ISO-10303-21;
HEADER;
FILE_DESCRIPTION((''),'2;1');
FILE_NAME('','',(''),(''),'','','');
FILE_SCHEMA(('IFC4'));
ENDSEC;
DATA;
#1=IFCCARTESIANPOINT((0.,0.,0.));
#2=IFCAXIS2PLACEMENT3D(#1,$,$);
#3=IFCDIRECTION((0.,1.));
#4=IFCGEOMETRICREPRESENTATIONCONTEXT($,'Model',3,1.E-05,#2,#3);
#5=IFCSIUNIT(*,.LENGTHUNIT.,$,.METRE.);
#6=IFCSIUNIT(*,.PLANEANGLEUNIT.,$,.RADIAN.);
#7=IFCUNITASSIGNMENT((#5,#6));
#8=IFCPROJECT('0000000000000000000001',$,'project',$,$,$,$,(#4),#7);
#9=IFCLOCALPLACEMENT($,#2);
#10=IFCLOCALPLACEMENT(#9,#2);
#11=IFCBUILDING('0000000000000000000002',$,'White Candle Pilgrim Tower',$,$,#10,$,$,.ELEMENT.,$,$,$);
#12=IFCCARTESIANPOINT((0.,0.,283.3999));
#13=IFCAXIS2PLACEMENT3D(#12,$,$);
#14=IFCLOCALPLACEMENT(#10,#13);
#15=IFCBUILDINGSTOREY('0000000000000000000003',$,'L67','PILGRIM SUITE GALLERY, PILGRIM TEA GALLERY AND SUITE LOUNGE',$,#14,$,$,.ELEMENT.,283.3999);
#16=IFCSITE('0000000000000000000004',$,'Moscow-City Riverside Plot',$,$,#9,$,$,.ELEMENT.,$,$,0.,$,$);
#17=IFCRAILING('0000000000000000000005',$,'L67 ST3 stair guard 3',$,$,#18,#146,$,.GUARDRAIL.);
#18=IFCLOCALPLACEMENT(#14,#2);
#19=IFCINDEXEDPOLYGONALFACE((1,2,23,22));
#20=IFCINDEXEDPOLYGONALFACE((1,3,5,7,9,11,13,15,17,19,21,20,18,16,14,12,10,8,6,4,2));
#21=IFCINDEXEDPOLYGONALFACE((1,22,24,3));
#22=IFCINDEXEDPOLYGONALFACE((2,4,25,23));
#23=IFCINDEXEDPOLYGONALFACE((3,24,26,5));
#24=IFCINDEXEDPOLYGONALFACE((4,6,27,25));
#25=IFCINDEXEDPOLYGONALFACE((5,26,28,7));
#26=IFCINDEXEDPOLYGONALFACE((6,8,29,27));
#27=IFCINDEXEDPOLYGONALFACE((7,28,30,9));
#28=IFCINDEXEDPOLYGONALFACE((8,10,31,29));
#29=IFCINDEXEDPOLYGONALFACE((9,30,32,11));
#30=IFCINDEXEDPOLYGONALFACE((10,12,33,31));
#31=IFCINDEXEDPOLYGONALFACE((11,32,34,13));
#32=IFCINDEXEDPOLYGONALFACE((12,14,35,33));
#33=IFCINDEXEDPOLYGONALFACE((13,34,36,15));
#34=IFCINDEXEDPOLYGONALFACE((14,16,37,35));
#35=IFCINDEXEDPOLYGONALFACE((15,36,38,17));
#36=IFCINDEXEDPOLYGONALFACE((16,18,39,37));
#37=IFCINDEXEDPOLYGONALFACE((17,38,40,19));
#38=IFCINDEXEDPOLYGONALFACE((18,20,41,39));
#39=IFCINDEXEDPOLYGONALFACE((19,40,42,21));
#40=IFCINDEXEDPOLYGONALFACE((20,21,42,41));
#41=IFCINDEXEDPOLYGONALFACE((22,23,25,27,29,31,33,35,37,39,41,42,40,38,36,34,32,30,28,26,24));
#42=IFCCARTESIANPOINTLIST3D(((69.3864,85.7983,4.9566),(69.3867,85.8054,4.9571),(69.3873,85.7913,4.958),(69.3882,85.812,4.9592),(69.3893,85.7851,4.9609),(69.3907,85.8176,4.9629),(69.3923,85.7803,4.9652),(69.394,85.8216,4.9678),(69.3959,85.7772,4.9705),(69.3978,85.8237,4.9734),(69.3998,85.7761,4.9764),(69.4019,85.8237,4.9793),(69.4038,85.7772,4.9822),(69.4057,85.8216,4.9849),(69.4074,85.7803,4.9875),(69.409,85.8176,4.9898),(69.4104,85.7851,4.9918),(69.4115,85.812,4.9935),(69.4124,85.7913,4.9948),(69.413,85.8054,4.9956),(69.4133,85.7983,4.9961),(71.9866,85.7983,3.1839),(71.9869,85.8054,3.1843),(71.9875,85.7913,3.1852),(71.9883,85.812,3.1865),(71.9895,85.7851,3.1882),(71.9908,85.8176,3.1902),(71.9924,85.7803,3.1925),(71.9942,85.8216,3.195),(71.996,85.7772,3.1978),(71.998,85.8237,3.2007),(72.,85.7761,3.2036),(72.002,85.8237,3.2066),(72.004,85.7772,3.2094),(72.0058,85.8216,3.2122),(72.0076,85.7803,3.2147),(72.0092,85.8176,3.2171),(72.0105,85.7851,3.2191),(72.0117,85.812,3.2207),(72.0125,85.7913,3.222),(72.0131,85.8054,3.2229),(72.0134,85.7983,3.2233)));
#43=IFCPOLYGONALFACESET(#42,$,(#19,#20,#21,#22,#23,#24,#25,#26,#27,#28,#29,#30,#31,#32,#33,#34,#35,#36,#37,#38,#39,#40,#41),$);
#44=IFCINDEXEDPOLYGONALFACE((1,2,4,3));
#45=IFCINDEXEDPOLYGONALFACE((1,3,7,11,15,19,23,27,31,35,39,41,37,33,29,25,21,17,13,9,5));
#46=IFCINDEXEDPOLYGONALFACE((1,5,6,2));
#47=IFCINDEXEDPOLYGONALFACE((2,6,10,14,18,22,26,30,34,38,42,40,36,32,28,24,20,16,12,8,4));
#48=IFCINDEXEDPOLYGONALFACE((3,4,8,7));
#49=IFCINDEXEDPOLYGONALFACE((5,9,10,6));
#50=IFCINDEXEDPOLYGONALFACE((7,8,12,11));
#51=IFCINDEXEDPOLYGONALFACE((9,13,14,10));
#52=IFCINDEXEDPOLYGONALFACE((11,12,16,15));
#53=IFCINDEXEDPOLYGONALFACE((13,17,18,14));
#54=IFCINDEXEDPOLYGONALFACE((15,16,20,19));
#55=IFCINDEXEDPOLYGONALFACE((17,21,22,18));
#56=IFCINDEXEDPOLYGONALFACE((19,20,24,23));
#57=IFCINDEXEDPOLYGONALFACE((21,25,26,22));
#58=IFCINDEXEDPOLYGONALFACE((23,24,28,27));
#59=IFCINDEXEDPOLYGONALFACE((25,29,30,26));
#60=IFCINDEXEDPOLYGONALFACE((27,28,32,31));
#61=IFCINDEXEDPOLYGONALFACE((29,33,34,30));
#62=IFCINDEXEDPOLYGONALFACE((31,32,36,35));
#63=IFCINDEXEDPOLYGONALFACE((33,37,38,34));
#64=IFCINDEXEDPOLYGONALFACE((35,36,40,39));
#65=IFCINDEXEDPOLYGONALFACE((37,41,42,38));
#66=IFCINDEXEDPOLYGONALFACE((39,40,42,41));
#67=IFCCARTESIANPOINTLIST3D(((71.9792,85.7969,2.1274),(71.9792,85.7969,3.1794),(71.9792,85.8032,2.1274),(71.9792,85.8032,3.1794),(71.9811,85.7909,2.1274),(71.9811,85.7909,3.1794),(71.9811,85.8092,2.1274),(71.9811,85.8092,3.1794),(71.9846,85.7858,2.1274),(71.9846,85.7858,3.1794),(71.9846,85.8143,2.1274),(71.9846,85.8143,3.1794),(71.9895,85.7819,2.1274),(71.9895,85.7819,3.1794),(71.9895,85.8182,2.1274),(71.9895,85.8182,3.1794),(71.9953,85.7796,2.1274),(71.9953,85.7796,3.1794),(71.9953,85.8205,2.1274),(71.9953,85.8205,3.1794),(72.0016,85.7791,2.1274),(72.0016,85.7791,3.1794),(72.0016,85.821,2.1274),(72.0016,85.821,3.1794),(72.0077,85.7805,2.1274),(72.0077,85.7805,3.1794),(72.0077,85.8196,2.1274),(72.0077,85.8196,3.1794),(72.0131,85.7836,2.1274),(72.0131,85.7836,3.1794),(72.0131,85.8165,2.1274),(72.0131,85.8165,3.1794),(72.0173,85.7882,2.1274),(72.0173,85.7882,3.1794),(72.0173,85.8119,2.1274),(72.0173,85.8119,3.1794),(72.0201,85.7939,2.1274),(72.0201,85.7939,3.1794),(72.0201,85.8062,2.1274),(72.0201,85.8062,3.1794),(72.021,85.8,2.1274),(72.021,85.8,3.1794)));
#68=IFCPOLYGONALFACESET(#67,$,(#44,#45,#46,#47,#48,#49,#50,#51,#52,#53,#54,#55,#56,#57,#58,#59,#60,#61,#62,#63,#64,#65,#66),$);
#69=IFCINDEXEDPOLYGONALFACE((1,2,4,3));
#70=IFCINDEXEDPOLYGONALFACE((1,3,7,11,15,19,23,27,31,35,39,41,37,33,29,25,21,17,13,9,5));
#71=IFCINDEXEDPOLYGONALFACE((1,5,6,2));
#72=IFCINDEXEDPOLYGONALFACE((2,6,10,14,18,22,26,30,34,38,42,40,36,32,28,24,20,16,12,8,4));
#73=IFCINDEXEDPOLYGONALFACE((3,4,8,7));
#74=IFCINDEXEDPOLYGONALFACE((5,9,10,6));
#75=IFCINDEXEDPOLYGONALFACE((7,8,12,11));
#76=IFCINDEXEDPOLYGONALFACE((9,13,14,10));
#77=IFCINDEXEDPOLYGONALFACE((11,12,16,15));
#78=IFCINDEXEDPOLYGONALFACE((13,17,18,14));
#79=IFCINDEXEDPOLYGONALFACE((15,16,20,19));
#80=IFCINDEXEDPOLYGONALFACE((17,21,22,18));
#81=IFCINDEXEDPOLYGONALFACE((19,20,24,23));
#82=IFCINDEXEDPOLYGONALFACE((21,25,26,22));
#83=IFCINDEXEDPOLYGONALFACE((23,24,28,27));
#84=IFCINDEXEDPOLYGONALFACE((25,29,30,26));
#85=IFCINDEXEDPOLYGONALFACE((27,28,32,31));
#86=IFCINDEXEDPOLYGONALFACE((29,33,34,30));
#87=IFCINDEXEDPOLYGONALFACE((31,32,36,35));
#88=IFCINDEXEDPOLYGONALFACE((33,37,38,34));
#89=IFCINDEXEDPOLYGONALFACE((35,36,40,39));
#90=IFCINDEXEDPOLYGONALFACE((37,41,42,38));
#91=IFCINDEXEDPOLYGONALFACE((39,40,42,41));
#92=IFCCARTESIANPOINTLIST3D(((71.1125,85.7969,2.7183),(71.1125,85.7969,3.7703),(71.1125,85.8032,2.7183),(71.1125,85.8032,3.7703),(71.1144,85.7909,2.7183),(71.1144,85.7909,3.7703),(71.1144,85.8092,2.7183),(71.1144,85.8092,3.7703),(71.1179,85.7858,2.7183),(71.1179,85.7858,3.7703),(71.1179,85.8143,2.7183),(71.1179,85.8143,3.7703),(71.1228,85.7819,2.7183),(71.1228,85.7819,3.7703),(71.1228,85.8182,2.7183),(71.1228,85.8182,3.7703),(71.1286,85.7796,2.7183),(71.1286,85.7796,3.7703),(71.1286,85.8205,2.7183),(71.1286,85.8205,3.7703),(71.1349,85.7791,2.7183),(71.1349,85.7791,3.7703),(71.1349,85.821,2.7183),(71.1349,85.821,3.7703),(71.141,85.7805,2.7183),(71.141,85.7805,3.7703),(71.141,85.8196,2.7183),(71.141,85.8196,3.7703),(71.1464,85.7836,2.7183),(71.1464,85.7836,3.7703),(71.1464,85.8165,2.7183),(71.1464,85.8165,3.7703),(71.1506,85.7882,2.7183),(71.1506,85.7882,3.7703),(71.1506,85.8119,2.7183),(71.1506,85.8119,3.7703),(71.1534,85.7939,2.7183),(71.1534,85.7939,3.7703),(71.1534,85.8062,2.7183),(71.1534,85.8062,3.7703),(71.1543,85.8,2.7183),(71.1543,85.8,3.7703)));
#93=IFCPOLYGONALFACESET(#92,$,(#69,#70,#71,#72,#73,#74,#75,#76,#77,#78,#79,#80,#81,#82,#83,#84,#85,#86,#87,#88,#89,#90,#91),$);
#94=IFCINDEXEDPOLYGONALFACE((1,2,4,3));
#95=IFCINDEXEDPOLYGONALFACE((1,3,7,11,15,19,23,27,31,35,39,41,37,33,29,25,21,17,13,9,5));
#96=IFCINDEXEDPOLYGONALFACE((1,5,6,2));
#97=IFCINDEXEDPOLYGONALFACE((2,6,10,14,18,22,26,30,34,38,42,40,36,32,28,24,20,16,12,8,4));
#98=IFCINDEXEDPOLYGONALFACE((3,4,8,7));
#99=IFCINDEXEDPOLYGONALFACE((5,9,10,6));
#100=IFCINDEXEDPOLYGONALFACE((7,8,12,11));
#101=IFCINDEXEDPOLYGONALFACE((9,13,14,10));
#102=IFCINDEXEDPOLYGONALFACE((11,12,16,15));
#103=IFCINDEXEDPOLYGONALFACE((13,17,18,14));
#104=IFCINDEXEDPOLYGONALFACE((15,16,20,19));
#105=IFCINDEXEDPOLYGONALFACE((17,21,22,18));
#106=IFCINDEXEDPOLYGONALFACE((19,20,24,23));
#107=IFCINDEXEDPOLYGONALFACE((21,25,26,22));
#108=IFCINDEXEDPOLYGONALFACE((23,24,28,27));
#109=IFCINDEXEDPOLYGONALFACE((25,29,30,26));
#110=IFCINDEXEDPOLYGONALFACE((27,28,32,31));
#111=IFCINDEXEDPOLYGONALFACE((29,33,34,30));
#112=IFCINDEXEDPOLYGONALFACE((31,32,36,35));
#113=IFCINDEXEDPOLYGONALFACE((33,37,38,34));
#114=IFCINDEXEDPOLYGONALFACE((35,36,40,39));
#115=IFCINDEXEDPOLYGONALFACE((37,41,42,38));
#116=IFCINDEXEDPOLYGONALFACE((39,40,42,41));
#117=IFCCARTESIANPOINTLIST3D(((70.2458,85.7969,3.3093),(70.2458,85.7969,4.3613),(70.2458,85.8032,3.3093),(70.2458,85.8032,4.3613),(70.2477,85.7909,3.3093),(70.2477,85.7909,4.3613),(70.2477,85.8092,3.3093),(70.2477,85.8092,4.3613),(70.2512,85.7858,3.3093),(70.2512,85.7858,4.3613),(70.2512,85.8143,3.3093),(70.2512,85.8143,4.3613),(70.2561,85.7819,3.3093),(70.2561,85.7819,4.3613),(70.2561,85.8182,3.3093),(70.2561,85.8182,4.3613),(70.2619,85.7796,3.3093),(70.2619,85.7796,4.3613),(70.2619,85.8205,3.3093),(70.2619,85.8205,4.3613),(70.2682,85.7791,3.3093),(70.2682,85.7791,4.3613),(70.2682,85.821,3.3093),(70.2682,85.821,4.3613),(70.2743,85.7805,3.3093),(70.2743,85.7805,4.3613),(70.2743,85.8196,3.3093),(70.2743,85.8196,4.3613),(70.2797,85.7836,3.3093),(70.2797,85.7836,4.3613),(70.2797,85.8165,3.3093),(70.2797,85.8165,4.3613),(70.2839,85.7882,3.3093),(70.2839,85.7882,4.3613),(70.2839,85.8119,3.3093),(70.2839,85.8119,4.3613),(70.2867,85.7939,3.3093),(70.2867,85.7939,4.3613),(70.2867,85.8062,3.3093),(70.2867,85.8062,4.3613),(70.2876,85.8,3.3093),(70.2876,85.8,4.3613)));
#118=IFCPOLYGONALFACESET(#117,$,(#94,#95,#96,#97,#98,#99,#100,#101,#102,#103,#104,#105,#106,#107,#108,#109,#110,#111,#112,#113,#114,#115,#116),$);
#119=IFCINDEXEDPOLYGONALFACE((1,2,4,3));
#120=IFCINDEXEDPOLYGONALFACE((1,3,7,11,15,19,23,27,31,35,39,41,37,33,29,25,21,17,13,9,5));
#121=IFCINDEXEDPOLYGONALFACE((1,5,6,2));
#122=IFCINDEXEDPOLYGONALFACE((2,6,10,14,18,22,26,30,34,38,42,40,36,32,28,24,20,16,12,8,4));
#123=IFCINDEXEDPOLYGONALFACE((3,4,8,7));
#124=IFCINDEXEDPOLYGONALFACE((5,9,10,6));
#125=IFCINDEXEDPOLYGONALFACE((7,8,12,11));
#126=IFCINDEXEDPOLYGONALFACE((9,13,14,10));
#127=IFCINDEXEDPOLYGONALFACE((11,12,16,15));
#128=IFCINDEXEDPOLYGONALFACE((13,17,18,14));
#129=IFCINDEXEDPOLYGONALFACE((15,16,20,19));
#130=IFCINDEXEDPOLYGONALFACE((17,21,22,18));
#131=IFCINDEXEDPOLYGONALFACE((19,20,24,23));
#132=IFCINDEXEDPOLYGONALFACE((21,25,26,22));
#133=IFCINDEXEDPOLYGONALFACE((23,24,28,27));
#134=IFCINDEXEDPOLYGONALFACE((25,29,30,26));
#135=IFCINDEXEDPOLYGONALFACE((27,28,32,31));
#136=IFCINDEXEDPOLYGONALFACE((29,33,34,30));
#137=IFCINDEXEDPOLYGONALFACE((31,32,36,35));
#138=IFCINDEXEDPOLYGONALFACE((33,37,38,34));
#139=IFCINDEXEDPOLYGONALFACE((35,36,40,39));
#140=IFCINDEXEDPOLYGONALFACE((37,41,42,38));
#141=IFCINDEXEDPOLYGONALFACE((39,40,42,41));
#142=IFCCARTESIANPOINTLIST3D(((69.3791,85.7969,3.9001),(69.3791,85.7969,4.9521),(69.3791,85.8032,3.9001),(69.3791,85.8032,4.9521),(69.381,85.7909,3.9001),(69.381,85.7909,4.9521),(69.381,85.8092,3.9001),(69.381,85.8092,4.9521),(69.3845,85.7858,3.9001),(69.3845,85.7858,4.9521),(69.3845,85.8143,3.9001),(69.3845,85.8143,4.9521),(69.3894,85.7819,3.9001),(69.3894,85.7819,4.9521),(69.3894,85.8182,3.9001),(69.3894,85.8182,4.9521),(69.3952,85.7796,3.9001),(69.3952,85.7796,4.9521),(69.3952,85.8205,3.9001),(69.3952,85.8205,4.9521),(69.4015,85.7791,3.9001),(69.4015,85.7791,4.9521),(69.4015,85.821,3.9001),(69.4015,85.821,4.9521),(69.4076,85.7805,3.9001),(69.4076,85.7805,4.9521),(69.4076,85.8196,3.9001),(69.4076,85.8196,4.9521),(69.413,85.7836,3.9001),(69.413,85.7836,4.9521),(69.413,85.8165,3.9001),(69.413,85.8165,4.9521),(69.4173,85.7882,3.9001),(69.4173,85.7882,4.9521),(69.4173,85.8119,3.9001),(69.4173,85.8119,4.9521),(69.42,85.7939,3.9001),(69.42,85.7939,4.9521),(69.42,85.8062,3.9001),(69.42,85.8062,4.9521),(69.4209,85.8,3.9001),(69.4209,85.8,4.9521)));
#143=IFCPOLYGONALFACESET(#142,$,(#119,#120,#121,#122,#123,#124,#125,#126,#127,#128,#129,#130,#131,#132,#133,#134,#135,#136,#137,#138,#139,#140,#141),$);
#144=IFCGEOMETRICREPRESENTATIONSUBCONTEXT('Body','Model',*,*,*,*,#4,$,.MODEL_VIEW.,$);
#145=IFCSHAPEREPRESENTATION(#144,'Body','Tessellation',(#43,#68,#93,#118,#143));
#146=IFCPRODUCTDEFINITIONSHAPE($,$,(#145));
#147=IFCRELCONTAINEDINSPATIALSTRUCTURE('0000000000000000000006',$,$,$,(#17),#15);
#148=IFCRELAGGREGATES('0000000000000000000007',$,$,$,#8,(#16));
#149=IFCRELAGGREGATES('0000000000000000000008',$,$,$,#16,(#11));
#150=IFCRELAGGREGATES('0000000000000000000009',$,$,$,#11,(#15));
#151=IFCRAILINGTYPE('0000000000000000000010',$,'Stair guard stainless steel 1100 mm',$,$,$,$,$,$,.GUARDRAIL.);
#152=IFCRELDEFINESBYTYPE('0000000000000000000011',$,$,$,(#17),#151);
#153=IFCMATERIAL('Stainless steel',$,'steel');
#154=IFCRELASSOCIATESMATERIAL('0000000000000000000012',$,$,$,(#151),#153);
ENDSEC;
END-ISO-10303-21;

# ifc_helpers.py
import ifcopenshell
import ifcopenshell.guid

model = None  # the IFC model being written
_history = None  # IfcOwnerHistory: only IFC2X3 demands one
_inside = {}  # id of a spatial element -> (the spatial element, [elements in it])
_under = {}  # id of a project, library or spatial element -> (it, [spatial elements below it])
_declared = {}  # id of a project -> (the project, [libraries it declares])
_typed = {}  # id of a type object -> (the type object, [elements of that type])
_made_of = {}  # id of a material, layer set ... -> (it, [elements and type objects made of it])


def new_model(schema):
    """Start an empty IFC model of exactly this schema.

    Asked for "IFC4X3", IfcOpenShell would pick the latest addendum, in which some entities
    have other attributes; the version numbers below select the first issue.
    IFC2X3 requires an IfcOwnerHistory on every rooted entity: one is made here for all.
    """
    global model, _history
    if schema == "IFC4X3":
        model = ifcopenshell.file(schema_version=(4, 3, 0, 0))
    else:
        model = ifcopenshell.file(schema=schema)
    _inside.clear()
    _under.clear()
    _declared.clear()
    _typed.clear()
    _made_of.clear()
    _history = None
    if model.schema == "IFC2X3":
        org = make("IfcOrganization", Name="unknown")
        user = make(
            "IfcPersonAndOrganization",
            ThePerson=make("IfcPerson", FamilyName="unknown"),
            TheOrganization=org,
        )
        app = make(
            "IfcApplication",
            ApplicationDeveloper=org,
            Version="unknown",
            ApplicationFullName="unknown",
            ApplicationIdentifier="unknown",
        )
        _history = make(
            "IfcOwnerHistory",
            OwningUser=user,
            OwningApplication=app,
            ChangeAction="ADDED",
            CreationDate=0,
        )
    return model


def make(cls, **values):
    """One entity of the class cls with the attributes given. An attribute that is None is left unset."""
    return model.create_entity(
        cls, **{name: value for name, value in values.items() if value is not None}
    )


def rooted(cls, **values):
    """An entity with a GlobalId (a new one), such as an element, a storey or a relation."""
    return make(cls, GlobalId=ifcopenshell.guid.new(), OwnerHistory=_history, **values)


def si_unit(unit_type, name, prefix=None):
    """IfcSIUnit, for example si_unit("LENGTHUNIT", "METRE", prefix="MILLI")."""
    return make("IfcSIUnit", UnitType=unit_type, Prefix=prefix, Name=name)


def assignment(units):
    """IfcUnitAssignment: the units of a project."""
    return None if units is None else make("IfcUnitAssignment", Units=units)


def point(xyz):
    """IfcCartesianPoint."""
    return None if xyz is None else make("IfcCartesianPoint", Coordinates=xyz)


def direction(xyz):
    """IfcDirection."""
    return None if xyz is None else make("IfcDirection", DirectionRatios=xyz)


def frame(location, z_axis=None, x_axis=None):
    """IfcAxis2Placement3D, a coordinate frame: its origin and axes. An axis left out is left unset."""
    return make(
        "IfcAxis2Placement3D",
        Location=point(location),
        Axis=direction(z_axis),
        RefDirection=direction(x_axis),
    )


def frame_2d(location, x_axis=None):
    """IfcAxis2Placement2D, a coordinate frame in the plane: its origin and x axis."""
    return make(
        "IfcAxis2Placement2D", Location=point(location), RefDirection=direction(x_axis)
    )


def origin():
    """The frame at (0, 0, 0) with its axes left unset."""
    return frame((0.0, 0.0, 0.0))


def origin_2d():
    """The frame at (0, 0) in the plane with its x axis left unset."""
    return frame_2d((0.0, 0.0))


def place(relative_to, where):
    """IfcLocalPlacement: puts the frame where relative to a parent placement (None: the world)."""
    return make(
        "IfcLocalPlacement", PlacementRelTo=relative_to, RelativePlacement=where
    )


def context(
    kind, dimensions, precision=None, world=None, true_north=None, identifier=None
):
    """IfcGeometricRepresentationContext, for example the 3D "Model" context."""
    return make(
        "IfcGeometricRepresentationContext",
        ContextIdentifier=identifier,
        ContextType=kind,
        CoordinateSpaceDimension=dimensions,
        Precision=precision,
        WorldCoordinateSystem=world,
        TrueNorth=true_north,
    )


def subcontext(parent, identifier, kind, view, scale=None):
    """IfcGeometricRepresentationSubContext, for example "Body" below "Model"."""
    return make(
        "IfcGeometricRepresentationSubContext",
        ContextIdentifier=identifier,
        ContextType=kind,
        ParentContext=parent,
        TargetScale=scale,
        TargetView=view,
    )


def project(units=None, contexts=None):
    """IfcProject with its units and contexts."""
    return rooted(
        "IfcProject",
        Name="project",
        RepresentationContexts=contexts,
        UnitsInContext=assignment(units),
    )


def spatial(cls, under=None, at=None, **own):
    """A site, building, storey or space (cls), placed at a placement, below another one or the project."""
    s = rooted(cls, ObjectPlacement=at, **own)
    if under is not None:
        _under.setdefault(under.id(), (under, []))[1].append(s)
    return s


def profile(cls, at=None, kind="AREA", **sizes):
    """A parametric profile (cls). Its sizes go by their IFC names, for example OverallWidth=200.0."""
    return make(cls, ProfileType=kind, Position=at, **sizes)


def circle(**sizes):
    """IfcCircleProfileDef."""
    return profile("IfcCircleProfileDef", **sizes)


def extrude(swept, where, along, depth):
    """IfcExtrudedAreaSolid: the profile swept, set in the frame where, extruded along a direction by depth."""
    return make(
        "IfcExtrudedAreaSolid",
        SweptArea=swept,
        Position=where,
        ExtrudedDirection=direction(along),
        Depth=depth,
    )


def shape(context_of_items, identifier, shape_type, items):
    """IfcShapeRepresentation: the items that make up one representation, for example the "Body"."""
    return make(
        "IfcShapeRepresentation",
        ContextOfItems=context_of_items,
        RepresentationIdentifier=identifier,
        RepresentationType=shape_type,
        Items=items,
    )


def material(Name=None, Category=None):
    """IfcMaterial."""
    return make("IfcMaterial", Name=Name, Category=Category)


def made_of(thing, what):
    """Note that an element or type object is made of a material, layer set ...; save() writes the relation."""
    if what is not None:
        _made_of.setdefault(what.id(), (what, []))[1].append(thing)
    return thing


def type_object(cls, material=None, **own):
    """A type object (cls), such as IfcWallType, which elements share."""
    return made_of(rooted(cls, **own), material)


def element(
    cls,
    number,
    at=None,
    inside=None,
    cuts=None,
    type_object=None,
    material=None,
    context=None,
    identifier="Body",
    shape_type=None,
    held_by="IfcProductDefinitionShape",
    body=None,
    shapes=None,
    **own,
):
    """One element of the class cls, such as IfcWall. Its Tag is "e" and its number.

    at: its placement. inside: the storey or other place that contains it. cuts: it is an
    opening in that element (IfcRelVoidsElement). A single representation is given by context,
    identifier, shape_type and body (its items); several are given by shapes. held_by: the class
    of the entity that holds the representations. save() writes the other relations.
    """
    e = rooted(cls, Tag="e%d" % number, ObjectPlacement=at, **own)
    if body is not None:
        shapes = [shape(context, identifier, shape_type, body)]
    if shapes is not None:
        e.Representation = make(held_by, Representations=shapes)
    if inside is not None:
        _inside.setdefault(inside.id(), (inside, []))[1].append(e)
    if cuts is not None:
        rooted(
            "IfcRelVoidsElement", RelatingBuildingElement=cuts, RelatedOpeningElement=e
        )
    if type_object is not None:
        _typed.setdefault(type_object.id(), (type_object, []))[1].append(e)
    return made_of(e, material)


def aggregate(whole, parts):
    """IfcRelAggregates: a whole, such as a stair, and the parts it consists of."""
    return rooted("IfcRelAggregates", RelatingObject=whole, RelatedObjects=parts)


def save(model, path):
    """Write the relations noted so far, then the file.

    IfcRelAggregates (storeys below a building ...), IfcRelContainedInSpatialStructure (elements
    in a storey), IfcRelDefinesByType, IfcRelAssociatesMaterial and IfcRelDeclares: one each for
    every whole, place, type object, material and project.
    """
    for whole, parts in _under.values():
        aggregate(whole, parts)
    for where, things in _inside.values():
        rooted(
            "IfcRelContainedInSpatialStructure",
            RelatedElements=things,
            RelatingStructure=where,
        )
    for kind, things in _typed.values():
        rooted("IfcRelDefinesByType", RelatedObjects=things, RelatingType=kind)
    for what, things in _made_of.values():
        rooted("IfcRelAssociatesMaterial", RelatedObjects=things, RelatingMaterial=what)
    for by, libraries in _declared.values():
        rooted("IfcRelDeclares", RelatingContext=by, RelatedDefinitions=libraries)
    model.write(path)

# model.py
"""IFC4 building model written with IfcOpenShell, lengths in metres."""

from ifc_helpers import new_model, si_unit, direction, frame, origin, origin_2d, place, context, subcontext, project, spatial, circle, extrude, material, type_object, element, save


model = new_model("IFC4")

# Units and contexts
model_context = context("Model", 3, precision=1e-05, world=origin(), true_north=direction((0.0, 1.0)))
body_context = subcontext(model_context, "Body", "Model", "MODEL_VIEW")
ifc_project = project(units=[si_unit("LENGTHUNIT", "METRE"), si_unit("PLANEANGLEUNIT", "RADIAN")], contexts=[model_context])

# Site, building, storey
site_placement = place(None, origin())
site = spatial("IfcSite", under=ifc_project, at=site_placement, Name="Moscow-City Riverside Plot", CompositionType="ELEMENT", RefElevation=0.0)
building_placement = place(site_placement, origin())
building = spatial("IfcBuilding", under=site, at=building_placement, Name="White Candle Pilgrim Tower", CompositionType="ELEMENT")
storey_placement = place(building_placement, frame((0.0, 0.0, 283.3999)))
storey = spatial("IfcBuildingStorey", under=building, at=storey_placement, Name="L67", Description="PILGRIM SUITE GALLERY, PILGRIM TEA GALLERY AND SUITE LOUNGE", CompositionType="ELEMENT", Elevation=283.3999)

# Railing
ifc_material_1 = material(Name="Stainless steel", Category="steel")
railing_type_1 = type_object("IfcRailingType", Name="Stair guard stainless steel 1100 mm", PredefinedType="GUARDRAIL", material=ifc_material_1)
railing_1_placement = place(storey_placement, frame((72.0, 85.8, 2.1274)))
element("IfcRailing", 1, at=railing_1_placement, inside=storey, type_object=railing_type_1, Name="L67 ST3 stair guard 3", PredefinedType="GUARDRAIL", context=body_context, shape_type="SweptSolid", body=[
    extrude(circle(Radius=0.0239, at=origin_2d()), frame((0.0, 0.0, 1.0762), z_axis=(-0.82624, 0.0, 0.563318), x_axis=(0.0, -1.0, 0.0)), (0.0, 0.0, 1.0), 3.147),
    extrude(circle(Radius=0.021, at=origin_2d()), origin(), (0.0, 0.0, 1.0), 1.052),
    extrude(circle(Radius=0.021, at=origin_2d()), frame((-0.8667, 0.0, 0.5908)), (0.0, 0.0, 1.0), 1.052),
    extrude(circle(Radius=0.021, at=origin_2d()), frame((-1.7334, 0.0, 1.1819)), (0.0, 0.0, 1.0), 1.052),
    extrude(circle(Radius=0.021, at=origin_2d()), frame((-2.6001, 0.0, 1.7727)), (0.0, 0.0, 1.0), 1.052),
])

save(model, "model.ifc")
